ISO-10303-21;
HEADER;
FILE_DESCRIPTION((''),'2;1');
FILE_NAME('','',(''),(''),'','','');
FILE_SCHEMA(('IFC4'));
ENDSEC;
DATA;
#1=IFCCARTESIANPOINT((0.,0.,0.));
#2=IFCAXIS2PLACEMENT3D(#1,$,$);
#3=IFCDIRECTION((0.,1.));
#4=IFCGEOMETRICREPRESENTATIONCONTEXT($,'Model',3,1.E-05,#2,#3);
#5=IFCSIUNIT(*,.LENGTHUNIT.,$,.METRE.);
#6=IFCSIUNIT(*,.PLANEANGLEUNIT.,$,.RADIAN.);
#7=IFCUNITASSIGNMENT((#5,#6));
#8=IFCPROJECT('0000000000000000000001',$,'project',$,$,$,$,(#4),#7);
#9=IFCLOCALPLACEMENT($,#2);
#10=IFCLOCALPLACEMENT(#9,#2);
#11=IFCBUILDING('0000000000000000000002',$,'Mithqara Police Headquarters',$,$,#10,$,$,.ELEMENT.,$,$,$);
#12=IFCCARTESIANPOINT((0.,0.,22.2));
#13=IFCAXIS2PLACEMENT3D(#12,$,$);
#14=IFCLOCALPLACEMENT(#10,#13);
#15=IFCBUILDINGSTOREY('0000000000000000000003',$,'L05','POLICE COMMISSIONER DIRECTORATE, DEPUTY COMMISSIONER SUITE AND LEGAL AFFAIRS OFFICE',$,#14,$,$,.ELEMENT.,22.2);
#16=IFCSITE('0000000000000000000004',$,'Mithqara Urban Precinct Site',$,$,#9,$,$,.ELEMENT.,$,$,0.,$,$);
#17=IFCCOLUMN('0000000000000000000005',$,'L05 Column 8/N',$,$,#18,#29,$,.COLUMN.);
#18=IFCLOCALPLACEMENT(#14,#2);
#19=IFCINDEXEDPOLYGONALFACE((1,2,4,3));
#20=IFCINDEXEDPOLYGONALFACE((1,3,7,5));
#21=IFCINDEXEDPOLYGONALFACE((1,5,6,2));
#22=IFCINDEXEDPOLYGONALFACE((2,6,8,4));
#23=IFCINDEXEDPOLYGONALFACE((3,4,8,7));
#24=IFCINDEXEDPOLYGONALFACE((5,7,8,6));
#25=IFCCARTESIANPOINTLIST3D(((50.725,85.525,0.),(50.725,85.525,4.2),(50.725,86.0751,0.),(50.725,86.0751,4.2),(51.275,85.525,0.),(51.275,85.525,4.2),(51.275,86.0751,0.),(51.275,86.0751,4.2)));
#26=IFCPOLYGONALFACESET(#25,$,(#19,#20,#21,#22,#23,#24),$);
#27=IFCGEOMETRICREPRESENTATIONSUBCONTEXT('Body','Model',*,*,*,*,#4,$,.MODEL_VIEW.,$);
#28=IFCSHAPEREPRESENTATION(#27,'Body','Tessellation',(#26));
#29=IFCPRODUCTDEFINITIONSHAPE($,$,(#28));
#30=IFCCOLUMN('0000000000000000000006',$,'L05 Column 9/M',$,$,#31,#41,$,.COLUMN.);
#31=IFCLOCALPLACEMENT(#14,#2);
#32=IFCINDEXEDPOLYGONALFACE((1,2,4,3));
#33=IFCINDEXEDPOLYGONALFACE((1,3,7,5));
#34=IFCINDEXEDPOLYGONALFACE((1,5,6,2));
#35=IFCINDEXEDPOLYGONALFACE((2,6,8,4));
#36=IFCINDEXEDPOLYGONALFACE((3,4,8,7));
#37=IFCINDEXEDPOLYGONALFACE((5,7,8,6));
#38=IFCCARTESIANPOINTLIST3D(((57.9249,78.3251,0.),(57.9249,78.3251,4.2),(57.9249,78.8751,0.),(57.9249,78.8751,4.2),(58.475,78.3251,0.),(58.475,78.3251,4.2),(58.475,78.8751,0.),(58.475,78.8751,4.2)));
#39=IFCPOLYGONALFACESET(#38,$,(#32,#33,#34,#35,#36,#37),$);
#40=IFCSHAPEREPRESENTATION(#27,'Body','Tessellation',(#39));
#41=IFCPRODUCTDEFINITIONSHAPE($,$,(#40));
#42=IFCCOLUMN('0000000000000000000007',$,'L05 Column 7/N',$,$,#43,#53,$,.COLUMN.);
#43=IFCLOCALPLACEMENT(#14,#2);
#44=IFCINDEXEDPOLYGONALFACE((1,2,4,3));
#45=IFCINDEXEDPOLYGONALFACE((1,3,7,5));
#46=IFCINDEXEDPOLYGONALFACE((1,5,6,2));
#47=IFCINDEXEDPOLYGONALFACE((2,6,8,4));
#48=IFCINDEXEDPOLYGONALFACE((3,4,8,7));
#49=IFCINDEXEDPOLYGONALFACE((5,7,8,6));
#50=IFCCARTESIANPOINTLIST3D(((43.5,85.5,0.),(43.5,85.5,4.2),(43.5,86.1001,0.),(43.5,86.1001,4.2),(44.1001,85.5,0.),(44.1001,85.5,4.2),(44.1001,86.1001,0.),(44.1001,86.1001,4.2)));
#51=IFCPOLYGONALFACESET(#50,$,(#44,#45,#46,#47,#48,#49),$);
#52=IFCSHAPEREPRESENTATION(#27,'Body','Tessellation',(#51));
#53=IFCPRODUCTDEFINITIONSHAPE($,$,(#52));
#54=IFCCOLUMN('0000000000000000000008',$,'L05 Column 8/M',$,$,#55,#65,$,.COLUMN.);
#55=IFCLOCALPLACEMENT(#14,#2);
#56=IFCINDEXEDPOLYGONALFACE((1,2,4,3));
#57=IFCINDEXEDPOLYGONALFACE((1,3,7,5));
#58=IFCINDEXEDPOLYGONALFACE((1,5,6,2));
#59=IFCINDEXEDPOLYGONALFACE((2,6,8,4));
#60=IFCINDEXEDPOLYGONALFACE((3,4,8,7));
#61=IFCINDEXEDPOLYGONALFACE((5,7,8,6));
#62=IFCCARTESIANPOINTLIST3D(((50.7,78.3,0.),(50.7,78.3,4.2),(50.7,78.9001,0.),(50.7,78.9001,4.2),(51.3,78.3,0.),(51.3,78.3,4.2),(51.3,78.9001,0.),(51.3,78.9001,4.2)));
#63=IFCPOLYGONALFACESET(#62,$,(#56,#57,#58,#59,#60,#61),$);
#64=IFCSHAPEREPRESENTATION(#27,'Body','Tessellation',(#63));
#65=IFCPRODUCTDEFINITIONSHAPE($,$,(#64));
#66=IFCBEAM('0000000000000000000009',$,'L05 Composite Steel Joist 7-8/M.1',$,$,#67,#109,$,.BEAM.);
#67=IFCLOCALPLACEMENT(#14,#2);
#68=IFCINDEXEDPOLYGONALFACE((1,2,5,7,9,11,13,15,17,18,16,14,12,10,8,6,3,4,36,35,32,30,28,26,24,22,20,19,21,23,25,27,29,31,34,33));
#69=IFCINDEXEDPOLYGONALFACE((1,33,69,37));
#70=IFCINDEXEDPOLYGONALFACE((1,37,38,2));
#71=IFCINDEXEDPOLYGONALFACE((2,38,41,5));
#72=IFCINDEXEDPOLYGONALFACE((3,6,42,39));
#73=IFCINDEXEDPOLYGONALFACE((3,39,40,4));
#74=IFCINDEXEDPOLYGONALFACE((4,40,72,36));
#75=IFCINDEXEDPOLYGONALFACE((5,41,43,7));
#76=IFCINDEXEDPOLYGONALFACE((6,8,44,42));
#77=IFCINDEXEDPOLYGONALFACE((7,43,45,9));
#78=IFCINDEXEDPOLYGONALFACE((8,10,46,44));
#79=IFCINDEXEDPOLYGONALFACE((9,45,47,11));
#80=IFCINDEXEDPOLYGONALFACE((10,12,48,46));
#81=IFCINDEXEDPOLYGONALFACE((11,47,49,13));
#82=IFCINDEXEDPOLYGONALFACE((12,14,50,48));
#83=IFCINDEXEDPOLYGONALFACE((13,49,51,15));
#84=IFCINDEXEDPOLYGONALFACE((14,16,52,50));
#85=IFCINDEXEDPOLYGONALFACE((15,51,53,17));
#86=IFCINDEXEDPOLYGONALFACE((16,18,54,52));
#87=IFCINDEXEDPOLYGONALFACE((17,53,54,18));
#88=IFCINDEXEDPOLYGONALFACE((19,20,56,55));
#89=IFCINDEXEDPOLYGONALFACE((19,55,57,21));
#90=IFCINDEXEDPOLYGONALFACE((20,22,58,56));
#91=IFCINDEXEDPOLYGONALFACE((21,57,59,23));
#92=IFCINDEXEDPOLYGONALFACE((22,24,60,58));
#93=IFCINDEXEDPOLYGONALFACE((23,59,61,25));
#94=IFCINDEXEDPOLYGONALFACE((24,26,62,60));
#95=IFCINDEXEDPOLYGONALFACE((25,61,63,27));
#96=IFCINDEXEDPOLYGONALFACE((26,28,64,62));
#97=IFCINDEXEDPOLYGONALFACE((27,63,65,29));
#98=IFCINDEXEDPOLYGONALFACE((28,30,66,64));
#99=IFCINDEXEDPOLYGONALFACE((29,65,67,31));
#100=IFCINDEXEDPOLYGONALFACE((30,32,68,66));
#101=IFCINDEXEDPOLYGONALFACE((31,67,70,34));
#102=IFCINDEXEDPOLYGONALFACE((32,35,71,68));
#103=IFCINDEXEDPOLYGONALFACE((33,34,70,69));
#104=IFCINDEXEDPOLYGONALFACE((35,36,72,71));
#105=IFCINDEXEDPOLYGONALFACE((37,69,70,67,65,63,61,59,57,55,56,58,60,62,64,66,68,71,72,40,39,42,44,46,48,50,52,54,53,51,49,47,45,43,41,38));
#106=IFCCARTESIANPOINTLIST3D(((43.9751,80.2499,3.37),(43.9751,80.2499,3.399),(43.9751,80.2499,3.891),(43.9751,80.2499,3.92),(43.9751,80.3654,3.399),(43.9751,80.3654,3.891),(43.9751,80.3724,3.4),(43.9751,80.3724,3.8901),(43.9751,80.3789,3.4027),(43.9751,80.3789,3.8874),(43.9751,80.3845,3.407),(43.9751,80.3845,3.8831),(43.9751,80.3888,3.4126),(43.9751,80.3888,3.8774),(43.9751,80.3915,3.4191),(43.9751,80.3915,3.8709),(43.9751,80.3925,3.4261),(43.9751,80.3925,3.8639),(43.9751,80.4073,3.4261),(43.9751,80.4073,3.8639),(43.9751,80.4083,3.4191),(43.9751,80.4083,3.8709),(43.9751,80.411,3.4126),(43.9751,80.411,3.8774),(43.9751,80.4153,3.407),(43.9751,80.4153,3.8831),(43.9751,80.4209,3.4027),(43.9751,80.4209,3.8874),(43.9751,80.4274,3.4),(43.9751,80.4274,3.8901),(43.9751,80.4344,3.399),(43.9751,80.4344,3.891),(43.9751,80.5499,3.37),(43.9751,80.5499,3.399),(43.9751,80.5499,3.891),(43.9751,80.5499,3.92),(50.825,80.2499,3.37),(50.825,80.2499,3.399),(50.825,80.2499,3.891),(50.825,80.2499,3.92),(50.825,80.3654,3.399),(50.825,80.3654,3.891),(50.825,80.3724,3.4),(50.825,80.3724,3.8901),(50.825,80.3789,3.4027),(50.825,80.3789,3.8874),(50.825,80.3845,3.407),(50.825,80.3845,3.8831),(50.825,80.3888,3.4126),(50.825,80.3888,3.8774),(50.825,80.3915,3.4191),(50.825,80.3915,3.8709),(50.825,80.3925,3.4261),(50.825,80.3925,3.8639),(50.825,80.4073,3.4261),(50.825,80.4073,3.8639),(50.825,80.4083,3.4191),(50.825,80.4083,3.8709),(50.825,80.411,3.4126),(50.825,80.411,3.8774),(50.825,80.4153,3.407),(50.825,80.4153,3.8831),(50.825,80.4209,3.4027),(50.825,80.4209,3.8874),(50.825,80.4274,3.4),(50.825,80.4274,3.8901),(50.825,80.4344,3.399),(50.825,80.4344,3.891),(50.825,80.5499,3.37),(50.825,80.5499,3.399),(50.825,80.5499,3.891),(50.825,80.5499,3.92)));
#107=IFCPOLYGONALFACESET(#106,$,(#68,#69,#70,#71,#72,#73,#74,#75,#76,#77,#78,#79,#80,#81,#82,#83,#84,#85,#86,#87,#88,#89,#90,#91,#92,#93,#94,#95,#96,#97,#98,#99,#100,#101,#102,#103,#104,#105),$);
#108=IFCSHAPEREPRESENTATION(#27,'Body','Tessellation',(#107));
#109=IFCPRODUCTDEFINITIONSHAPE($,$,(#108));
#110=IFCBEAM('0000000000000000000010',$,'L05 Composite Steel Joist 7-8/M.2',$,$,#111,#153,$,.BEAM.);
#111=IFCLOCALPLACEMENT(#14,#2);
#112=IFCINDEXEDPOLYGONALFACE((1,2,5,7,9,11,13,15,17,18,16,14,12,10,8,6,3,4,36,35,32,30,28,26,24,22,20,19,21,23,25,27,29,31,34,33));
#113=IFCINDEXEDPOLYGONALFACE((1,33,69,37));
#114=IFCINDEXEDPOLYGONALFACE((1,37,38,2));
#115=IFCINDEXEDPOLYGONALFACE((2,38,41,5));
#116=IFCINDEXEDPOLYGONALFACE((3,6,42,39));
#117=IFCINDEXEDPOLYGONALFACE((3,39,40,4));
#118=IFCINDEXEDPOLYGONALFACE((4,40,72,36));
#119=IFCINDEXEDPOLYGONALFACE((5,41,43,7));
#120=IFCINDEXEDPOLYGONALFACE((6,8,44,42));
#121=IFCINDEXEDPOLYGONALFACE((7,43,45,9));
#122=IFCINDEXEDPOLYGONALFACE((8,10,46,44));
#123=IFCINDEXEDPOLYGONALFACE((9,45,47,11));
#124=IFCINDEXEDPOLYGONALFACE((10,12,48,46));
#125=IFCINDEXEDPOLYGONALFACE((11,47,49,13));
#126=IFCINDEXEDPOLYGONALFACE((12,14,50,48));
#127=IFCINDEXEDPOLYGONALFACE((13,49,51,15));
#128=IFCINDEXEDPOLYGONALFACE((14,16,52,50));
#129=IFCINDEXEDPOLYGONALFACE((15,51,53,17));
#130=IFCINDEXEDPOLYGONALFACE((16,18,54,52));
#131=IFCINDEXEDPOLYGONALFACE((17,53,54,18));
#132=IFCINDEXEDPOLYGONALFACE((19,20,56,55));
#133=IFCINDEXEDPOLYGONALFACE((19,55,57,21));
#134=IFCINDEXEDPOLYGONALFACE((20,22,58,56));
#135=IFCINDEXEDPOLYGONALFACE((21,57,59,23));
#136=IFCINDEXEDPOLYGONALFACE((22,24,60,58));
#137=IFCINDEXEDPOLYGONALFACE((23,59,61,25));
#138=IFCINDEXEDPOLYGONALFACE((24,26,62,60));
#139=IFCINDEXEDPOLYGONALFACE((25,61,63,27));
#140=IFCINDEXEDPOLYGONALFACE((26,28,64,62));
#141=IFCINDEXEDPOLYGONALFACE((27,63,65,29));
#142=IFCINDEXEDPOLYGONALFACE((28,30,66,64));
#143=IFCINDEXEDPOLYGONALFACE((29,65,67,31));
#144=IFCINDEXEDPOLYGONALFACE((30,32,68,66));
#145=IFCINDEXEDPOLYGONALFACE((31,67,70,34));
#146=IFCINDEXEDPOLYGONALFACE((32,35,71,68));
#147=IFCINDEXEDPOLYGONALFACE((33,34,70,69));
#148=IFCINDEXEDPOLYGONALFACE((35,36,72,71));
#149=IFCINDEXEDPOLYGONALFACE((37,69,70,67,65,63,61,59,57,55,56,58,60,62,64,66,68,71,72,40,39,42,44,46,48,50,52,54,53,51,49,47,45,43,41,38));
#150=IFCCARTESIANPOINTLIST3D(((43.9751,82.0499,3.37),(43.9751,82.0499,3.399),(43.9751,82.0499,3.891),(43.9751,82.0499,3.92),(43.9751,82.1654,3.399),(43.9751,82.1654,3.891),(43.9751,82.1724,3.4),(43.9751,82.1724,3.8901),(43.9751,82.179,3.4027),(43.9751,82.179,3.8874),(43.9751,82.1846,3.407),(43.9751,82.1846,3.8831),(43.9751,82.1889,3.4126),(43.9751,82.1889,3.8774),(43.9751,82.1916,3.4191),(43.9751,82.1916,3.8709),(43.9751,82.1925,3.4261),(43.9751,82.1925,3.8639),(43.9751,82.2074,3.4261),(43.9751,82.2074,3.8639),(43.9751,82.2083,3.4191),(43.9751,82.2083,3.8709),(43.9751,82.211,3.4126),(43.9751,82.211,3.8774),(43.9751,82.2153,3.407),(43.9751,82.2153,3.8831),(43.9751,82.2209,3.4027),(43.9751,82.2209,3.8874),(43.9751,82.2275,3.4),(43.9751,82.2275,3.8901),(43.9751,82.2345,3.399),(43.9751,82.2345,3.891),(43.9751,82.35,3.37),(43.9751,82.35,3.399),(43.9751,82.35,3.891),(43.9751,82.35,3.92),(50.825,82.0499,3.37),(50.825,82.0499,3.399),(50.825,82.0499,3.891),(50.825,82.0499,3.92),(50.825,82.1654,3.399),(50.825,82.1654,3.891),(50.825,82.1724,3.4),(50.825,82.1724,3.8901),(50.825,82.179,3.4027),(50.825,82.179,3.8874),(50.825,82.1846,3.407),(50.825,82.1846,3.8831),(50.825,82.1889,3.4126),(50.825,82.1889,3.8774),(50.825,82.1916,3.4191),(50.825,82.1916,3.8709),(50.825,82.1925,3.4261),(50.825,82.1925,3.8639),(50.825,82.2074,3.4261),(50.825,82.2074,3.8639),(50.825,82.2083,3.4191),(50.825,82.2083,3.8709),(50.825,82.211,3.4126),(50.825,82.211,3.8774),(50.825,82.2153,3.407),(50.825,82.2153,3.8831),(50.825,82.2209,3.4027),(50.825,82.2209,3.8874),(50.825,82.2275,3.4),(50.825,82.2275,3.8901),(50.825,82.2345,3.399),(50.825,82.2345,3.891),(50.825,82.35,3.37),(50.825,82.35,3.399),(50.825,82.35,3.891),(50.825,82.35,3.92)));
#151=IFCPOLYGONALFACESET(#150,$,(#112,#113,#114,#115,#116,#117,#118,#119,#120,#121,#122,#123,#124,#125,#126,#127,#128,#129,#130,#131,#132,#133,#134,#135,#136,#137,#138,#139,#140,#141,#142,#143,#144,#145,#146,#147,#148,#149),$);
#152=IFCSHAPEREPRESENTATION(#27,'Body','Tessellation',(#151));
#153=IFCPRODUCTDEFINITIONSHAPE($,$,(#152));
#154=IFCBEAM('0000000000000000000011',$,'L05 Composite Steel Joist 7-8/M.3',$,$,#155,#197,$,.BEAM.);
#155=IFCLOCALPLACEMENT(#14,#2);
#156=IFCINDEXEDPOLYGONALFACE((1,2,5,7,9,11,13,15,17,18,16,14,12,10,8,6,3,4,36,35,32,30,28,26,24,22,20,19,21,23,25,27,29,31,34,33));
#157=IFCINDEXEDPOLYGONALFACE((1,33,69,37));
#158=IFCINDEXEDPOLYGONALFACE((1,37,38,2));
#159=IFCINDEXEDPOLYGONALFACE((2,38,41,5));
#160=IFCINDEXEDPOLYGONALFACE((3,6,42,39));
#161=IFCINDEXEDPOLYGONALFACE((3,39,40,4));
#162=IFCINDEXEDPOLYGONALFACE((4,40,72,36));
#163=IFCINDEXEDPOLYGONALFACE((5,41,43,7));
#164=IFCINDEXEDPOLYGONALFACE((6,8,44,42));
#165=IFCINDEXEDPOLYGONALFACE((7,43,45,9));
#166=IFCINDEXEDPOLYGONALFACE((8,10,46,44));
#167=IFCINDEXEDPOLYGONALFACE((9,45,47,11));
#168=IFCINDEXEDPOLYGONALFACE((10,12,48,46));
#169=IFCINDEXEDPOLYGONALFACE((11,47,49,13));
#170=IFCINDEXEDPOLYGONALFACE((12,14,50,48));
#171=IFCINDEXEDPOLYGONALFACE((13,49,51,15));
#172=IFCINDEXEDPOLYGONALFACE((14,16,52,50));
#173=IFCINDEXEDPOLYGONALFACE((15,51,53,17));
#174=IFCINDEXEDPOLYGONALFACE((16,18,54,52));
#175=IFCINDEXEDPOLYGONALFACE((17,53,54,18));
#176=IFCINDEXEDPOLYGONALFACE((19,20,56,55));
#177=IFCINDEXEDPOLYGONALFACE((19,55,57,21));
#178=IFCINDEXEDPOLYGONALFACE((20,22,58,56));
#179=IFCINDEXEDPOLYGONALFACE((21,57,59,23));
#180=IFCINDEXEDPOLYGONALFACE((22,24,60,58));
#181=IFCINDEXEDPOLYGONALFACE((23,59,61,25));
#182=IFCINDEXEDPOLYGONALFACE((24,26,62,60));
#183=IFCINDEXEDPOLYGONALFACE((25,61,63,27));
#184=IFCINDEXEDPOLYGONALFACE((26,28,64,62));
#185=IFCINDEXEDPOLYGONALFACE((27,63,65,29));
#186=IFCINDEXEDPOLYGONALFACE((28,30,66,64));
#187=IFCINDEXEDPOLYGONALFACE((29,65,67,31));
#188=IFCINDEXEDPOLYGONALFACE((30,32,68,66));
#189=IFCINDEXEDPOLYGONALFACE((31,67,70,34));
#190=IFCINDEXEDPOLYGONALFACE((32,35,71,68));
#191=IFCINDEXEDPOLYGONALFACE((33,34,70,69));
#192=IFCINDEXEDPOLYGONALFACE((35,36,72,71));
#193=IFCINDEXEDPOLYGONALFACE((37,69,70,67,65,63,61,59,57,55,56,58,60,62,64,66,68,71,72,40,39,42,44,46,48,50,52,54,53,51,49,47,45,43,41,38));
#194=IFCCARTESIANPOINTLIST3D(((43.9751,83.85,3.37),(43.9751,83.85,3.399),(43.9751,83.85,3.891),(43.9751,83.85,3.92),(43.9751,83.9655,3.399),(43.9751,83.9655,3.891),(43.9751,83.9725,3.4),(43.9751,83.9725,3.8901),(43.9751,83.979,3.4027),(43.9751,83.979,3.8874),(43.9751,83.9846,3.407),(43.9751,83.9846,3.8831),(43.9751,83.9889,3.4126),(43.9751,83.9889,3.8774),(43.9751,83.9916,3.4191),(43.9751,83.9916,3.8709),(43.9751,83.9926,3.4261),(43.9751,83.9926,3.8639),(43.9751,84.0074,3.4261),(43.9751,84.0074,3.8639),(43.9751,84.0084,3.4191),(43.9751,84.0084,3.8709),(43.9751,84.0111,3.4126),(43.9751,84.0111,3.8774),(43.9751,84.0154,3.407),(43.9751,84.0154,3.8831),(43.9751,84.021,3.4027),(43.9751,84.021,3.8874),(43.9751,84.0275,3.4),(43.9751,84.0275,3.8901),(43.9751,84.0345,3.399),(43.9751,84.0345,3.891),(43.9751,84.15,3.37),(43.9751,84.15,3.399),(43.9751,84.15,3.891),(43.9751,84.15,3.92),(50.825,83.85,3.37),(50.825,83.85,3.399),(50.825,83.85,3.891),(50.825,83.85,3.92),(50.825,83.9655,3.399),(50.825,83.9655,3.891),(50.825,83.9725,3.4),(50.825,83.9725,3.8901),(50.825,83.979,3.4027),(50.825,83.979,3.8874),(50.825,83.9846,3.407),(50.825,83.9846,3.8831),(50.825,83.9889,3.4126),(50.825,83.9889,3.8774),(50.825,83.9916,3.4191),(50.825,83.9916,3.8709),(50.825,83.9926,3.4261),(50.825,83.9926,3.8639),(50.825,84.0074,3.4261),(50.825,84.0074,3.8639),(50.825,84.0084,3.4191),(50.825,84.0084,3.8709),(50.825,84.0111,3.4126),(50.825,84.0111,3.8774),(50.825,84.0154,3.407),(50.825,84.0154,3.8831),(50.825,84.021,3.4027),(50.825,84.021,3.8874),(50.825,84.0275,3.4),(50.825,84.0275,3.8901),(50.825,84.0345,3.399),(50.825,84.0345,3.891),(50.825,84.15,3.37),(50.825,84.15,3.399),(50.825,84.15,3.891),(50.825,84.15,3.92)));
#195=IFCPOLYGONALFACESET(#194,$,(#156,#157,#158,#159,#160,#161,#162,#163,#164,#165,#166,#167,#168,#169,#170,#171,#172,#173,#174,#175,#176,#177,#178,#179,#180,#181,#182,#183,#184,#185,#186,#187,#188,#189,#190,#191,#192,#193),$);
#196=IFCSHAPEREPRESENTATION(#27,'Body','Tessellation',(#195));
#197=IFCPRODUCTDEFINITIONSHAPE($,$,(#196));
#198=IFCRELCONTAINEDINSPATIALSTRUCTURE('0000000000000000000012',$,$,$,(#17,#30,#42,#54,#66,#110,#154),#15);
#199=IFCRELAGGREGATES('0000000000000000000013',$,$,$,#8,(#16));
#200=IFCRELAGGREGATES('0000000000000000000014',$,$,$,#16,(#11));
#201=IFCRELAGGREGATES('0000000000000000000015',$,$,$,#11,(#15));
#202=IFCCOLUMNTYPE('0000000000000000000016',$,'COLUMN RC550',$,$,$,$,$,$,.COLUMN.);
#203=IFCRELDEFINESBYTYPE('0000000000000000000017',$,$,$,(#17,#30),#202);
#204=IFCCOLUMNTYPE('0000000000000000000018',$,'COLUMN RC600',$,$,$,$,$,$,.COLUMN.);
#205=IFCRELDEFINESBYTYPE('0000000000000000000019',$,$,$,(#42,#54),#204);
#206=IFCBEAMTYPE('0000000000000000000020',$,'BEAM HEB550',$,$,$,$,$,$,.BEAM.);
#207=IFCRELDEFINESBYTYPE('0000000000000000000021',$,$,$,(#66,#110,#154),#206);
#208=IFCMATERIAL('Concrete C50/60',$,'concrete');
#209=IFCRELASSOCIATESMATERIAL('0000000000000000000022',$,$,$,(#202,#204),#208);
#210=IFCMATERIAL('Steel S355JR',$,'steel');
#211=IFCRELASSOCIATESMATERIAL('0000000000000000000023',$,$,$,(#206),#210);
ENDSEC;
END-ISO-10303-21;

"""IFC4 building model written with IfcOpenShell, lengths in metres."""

from ifc_helpers import new_model, si_unit, direction, frame, origin, origin_2d, place, context, subcontext, project, spatial, rectangle, i_section, extrude, material, material_profile, profile_set, type_object, element, save


model = new_model("IFC4")

# Units and contexts
model_context = context("Model", 3, precision=1e-05, world=origin(), true_north=direction((0.0, 1.0)))
body_context = subcontext(model_context, "Body", "Model", "MODEL_VIEW")
ifc_project = project(units=[si_unit("LENGTHUNIT", "METRE"), si_unit("PLANEANGLEUNIT", "RADIAN")], contexts=[model_context])

# Site, building, storey
site_placement = place(None, origin())
site = spatial("IfcSite", under=ifc_project, at=site_placement, Name="Mithqara Urban Precinct Site", CompositionType="ELEMENT", RefElevation=0.0)
building_placement = place(site_placement, origin())
building = spatial("IfcBuilding", under=site, at=building_placement, Name="Mithqara Police Headquarters", CompositionType="ELEMENT")
storey_placement = place(building_placement, frame((0.0, 0.0, 22.2)))
storey = spatial("IfcBuildingStorey", under=building, at=storey_placement, Name="L05", Description="POLICE COMMISSIONER DIRECTORATE, DEPUTY COMMISSIONER SUITE AND LEGAL AFFAIRS OFFICE", CompositionType="ELEMENT", Elevation=22.2)

# Columns
ifc_material_1 = material(Name="Concrete C50/60", Category="concrete")
ifc_material_profile_1 = material_profile(ifc_material_1, rectangle(XDim=0.55, YDim=0.55, at=origin_2d()), Name="RC 550x550")
ifc_profile_set_1 = profile_set([ifc_material_profile_1], Name="Concrete C50/60")
column_type_1 = type_object("IfcColumnType", Name="COLUMN RC550", PredefinedType="COLUMN", material=ifc_profile_set_1)
for number, where, z_axis, x_axis, name in (
    (1, (51.0, 85.8, 0.0), (0.0, 0.0, 1.0), (1.0, 0.0, 0.0), "L05 Column 8/N"),
    (2, (58.2, 78.6001, 0.0), (0.0, 0.0, 1.0), (1.0, 0.0, 0.0), "L05 Column 9/M"),
):
    element("IfcColumn", number, at=place(storey_placement, frame(where, z_axis=z_axis, x_axis=x_axis)), inside=storey, type_object=column_type_1, Name=name, PredefinedType="COLUMN", context=body_context, shape_type="SweptSolid", body=[
        extrude(rectangle(XDim=0.55, YDim=0.55, at=origin_2d()), origin(), (0.0, 0.0, 1.0), 4.2),
    ])
ifc_material_profile_2 = material_profile(ifc_material_1, rectangle(XDim=0.6001, YDim=0.6001, at=origin_2d()), Name="RC 600x600")
ifc_profile_set_2 = profile_set([ifc_material_profile_2], Name="Concrete C50/60")
column_type_2 = type_object("IfcColumnType", Name="COLUMN RC600", PredefinedType="COLUMN", material=ifc_profile_set_2)
for number, where, z_axis, x_axis, name in (
    (3, (43.8, 85.8, 0.0), (0.0, 0.0, 1.0), (1.0, 0.0, 0.0), "L05 Column 7/N"),
    (4, (51.0, 78.6001, 0.0), (0.0, 0.0, 1.0), (1.0, 0.0, 0.0), "L05 Column 8/M"),
):
    element("IfcColumn", number, at=place(storey_placement, frame(where, z_axis=z_axis, x_axis=x_axis)), inside=storey, type_object=column_type_2, Name=name, PredefinedType="COLUMN", context=body_context, shape_type="SweptSolid", body=[
        extrude(rectangle(XDim=0.6001, YDim=0.6001, at=origin_2d()), origin(), (0.0, 0.0, 1.0), 4.2),
    ])

# Beams
ifc_material_2 = material(Name="Steel S355JR", Category="steel")
ifc_material_profile_3 = material_profile(ifc_material_2, i_section(OverallWidth=0.3, OverallDepth=0.55, WebThickness=0.0149, FlangeThickness=0.0291, FilletRadius=0.0271, at=origin_2d()), Name="HEB 550")
ifc_profile_set_3 = profile_set([ifc_material_profile_3], Name="Steel S355JR")
beam_type_1 = type_object("IfcBeamType", Name="BEAM HEB550", PredefinedType="BEAM", material=ifc_profile_set_3)
for number, where, z_axis, x_axis, name in (
    (5, (43.9751, 80.3999, 3.645), (1.0, 0.0, 0.0), (0.0, 1.0, 0.0), "L05 Composite Steel Joist 7-8/M.1"),
    (6, (43.9751, 82.2, 3.645), (1.0, 0.0, 0.0), (0.0, 1.0, 0.0), "L05 Composite Steel Joist 7-8/M.2"),
    (7, (43.9751, 84.0, 3.645), (1.0, 0.0, 0.0), (0.0, 1.0, 0.0), "L05 Composite Steel Joist 7-8/M.3"),
):
    element("IfcBeam", number, at=place(storey_placement, frame(where, z_axis=z_axis, x_axis=x_axis)), inside=storey, type_object=beam_type_1, Name=name, PredefinedType="BEAM", context=body_context, shape_type="SweptSolid", body=[
        extrude(i_section(OverallWidth=0.3, OverallDepth=0.55, WebThickness=0.0149, FlangeThickness=0.0291, FilletRadius=0.0271, at=origin_2d()), origin(), (0.0, 0.0, 1.0), 6.8499),
    ])

save(model, "model.ifc")
